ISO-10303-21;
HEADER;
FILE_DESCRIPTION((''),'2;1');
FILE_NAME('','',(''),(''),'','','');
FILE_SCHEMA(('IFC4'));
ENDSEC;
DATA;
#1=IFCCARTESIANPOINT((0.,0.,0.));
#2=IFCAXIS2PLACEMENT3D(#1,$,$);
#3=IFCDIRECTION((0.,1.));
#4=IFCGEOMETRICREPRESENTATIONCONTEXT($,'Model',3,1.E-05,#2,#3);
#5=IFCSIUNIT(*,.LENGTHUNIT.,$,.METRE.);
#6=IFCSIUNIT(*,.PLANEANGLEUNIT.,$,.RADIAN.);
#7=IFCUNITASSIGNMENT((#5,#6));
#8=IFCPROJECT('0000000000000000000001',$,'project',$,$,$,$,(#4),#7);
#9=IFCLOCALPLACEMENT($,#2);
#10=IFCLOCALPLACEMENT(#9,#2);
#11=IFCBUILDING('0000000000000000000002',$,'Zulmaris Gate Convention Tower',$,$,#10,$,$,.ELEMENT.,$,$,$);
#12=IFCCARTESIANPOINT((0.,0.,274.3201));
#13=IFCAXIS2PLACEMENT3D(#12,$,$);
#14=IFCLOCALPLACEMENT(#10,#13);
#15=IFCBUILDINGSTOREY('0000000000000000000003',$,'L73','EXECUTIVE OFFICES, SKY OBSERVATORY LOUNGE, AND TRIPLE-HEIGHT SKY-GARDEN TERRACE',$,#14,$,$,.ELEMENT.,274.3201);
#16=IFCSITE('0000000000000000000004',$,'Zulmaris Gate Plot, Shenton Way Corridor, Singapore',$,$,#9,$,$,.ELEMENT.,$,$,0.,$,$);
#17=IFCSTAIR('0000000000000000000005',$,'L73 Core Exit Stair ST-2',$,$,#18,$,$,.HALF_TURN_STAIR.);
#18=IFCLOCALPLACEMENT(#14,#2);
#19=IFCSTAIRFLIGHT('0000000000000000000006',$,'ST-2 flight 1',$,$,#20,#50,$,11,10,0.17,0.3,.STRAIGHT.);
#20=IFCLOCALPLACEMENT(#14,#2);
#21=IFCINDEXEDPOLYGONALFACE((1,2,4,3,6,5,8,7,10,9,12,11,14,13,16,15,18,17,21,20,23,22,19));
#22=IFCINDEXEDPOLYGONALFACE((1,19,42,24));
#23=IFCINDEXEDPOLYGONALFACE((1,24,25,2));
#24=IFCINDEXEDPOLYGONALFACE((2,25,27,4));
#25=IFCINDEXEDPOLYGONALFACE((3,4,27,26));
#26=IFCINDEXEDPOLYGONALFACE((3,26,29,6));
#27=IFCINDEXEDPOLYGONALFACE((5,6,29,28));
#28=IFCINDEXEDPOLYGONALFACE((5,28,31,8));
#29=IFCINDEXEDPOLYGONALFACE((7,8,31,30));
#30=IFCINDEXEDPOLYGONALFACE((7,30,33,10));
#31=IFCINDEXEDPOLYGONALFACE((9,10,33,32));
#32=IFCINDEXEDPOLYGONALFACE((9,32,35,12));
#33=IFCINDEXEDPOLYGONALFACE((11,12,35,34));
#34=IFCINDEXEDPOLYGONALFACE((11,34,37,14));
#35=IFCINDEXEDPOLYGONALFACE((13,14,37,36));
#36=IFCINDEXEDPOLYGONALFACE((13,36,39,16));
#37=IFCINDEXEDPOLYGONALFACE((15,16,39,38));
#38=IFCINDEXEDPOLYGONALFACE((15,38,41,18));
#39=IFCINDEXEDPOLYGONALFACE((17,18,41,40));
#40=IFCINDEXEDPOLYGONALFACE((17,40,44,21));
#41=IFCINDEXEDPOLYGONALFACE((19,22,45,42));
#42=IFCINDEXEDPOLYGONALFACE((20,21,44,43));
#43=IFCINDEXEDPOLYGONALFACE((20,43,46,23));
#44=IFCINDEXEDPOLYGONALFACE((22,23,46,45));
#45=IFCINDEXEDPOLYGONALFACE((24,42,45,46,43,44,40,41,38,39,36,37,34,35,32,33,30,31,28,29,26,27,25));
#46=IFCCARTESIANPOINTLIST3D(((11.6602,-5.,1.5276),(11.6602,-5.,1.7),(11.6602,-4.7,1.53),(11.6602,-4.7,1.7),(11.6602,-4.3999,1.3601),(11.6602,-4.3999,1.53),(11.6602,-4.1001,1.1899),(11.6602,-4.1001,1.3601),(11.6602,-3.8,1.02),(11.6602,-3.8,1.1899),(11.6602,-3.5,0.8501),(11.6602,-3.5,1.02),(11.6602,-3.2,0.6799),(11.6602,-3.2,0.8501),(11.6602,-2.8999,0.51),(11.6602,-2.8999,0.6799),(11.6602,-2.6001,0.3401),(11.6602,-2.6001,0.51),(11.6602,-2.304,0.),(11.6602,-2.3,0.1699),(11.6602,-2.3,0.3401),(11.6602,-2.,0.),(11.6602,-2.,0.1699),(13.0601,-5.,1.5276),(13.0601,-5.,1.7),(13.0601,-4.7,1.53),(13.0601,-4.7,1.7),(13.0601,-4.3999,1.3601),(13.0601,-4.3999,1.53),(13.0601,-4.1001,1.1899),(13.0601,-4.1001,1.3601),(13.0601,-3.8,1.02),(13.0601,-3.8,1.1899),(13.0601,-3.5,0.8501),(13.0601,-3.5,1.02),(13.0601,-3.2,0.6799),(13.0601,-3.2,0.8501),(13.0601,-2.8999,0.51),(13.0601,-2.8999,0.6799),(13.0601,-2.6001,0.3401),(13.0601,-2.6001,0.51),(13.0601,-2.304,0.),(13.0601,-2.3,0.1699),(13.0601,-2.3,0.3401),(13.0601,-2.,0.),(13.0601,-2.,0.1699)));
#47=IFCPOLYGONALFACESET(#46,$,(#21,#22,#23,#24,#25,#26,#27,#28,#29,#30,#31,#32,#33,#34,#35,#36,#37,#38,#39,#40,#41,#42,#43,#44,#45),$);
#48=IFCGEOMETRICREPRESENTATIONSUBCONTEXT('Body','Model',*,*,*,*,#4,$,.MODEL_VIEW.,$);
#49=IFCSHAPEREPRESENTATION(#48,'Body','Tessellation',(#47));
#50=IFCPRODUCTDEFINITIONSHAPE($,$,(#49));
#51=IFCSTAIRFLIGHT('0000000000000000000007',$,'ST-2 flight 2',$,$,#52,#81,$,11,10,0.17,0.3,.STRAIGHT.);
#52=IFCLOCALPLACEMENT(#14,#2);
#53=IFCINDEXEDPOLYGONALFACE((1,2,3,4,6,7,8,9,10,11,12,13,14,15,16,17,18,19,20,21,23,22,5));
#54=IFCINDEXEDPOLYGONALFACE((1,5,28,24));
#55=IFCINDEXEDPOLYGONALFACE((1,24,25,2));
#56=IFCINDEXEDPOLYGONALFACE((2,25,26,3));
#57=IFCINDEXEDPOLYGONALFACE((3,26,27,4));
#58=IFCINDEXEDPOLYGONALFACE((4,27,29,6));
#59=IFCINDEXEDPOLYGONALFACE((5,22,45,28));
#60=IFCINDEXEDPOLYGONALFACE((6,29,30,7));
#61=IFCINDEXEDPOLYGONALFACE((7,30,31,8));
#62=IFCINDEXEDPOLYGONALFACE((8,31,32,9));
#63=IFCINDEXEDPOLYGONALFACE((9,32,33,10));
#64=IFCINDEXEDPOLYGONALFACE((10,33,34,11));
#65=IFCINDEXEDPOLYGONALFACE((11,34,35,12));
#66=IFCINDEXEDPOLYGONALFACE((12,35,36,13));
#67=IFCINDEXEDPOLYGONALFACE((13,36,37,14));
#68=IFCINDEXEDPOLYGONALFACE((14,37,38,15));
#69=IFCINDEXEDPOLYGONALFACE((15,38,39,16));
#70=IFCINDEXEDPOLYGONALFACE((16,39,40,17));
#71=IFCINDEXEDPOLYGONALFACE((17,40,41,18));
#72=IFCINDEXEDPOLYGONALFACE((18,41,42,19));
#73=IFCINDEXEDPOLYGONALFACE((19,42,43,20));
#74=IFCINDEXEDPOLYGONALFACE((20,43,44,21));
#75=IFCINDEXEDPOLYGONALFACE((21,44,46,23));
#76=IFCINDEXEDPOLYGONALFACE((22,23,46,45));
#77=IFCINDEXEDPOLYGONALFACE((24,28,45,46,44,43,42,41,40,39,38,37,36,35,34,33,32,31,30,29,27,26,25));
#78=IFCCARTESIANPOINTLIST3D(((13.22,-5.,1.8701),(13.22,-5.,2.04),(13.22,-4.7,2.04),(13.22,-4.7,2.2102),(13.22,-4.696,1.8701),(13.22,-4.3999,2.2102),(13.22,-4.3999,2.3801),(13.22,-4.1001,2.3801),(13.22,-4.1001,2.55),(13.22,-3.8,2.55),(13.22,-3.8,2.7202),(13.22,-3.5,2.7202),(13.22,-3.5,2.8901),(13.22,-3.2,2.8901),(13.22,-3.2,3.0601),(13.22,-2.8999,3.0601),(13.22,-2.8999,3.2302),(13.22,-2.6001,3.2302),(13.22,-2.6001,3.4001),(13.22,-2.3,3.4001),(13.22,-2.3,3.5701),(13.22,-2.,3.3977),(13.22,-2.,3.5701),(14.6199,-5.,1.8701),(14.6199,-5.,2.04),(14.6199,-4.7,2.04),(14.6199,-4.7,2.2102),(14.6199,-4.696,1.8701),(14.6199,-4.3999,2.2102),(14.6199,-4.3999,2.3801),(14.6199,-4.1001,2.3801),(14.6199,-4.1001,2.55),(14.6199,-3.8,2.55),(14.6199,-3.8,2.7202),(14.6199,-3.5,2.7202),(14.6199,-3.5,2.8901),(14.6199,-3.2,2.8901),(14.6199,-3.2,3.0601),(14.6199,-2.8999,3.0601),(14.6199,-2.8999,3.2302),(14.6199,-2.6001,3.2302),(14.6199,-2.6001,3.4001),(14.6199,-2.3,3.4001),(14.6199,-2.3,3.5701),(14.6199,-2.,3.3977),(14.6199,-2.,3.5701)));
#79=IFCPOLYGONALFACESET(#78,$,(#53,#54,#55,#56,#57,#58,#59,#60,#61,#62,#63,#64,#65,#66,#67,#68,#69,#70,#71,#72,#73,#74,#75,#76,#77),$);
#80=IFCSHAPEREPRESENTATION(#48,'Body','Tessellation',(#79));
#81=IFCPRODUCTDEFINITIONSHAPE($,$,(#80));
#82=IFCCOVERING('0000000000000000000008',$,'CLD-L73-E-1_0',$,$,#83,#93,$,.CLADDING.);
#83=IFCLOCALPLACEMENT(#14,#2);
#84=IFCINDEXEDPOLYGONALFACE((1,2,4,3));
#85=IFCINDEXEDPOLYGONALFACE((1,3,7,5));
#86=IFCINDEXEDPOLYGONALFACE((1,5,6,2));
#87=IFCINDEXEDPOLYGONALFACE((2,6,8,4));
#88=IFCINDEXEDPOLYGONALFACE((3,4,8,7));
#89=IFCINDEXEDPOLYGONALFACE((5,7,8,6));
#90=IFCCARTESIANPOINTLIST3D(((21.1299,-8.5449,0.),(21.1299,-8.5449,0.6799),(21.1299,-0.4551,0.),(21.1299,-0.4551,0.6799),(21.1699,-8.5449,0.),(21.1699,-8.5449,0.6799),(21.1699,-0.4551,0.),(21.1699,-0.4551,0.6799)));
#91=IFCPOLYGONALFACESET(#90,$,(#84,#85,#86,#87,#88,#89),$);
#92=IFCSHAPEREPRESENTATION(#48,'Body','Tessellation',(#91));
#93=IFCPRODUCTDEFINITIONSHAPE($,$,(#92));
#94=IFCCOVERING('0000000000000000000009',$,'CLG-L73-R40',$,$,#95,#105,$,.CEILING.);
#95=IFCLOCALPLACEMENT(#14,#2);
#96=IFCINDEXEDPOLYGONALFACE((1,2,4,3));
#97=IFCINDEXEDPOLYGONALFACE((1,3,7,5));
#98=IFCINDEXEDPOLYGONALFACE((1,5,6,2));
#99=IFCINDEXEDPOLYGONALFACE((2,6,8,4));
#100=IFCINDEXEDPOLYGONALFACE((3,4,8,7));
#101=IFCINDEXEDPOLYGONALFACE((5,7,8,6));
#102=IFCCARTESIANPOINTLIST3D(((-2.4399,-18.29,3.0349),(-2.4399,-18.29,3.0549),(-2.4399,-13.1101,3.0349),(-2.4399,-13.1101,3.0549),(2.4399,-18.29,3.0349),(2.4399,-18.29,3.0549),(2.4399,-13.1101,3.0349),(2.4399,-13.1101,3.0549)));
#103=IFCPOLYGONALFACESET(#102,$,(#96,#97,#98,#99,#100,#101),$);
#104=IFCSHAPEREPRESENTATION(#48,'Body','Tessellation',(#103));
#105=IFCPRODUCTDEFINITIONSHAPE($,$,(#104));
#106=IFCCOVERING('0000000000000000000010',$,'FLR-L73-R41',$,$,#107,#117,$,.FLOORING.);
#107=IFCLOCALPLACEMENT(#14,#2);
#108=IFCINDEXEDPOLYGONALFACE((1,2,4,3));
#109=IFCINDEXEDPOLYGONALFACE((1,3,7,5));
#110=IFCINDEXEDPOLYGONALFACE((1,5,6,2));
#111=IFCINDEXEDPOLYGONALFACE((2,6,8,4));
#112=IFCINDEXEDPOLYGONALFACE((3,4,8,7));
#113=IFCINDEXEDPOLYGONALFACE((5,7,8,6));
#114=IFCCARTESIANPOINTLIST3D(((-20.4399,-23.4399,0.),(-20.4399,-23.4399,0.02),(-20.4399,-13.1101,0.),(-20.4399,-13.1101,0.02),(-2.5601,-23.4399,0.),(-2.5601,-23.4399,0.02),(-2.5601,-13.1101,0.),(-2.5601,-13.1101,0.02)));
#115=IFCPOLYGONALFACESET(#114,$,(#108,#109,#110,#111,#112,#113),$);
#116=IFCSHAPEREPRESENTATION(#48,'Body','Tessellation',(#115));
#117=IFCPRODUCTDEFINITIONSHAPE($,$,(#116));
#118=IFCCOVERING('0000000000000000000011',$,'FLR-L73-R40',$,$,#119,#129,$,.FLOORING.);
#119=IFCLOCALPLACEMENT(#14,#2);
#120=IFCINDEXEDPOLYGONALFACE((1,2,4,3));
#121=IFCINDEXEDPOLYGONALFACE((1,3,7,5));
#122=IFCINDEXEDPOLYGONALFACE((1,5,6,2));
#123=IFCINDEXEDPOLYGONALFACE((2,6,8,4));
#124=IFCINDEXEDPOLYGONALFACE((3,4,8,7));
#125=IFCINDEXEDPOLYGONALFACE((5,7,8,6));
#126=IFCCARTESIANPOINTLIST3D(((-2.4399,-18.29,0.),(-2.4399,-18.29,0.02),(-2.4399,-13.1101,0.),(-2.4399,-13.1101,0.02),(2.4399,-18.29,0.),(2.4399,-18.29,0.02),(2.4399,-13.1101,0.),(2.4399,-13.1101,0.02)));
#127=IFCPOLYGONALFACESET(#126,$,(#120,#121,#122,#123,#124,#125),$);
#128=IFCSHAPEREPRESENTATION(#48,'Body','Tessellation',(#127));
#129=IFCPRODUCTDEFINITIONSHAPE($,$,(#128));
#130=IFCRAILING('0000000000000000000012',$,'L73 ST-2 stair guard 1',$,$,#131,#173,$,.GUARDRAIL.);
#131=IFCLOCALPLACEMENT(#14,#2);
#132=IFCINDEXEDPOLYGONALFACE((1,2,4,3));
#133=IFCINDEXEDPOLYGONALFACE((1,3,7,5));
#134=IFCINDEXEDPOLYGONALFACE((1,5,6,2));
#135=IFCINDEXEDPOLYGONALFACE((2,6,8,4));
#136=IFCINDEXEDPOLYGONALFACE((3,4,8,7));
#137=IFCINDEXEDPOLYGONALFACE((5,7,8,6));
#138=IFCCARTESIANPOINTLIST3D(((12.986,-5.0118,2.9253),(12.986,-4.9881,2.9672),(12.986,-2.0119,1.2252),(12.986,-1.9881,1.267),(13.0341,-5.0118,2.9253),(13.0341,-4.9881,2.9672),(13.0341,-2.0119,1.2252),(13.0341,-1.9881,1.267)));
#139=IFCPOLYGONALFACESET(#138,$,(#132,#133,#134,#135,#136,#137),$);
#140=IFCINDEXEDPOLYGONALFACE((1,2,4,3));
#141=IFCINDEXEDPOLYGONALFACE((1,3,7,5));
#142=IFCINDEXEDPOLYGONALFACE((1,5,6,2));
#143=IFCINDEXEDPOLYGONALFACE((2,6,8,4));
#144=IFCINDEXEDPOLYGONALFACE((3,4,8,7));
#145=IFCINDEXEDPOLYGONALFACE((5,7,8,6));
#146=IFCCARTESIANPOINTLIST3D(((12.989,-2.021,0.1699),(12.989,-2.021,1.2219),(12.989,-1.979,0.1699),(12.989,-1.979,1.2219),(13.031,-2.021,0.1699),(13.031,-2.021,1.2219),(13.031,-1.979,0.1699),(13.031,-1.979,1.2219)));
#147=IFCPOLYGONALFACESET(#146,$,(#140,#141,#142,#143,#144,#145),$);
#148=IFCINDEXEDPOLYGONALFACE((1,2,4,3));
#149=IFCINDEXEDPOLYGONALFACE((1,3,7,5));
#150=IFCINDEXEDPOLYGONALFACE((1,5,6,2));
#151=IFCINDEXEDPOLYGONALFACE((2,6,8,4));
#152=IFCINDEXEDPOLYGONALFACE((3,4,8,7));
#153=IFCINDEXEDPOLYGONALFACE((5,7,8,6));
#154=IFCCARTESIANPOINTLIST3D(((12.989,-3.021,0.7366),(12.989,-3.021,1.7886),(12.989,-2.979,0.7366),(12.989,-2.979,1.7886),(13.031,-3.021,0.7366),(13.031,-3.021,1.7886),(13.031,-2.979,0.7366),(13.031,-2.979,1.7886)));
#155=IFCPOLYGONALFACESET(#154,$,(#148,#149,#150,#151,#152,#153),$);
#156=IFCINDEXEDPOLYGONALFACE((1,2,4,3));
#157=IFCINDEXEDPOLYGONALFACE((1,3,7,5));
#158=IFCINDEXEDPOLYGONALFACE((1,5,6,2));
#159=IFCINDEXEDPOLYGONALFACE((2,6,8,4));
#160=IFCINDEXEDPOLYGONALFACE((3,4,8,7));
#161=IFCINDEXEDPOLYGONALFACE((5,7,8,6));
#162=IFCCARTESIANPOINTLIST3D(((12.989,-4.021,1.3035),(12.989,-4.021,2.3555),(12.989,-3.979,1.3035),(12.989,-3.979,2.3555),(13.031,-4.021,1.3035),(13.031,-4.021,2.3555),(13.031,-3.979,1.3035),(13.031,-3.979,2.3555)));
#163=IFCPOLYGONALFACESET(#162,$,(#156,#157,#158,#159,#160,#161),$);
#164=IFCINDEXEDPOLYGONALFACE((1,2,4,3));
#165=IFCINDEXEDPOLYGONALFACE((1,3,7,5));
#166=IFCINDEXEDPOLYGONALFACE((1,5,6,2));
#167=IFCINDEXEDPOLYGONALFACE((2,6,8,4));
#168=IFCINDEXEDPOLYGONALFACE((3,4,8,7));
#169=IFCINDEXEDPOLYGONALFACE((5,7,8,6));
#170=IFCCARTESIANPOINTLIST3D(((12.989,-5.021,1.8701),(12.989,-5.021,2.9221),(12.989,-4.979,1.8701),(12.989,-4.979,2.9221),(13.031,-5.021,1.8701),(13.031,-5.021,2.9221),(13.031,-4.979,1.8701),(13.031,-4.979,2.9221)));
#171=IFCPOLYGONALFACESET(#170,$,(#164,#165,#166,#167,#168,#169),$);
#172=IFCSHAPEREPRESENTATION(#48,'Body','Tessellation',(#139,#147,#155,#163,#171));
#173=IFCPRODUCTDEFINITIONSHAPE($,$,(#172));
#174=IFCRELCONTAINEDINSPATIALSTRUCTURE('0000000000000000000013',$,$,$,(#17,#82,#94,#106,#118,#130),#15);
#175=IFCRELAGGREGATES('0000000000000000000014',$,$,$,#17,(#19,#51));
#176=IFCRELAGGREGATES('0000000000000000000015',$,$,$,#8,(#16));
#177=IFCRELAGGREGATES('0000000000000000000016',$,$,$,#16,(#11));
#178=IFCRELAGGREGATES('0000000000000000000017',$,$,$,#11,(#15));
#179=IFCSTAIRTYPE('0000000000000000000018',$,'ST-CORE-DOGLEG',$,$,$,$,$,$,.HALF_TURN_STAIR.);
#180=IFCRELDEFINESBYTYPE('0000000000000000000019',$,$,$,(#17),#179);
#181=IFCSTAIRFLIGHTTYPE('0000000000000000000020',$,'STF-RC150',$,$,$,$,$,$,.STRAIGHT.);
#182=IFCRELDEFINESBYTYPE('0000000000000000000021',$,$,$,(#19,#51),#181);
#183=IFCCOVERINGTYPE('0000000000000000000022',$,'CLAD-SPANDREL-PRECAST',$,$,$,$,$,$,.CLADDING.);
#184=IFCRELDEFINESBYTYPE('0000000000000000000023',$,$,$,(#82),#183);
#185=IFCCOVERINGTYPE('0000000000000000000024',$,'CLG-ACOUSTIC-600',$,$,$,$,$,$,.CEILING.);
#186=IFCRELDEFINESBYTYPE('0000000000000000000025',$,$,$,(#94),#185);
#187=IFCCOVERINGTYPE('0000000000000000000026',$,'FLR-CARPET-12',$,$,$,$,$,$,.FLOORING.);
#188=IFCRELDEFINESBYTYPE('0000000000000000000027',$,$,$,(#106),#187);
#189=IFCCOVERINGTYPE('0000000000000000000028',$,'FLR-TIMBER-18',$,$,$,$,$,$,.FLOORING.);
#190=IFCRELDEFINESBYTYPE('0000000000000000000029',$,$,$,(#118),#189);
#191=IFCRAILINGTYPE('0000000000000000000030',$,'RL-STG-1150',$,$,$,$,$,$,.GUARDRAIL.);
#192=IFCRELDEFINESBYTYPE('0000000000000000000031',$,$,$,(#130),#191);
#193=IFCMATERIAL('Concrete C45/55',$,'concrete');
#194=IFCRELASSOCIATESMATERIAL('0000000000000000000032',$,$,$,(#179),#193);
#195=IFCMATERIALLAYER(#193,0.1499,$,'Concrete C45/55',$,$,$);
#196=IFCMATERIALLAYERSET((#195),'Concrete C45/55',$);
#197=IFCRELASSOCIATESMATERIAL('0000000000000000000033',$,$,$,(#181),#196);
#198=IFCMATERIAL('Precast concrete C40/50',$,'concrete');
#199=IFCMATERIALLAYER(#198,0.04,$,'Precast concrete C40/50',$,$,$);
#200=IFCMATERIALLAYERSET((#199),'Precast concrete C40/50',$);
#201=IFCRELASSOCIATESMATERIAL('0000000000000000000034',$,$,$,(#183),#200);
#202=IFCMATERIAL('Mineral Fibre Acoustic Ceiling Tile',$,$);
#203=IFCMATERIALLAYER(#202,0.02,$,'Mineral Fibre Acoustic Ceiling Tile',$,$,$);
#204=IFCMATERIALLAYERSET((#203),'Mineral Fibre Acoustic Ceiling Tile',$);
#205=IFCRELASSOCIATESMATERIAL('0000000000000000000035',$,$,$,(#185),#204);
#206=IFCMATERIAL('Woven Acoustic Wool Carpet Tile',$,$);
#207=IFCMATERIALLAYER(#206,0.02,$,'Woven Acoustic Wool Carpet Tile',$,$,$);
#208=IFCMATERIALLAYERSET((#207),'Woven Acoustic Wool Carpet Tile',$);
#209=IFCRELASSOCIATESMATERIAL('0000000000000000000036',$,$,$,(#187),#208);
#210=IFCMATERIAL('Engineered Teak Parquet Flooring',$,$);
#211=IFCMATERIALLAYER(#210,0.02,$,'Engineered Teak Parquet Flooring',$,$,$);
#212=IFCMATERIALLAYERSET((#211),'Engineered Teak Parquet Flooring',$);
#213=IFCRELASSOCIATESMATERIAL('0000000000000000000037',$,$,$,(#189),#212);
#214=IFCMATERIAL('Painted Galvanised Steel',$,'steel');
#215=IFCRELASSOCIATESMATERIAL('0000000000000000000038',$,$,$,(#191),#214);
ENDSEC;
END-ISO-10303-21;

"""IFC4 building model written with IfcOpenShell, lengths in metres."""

from ifc_helpers import new_model, si_unit, direction, frame, frame_2d, origin, origin_2d, place, context, subcontext, project, spatial, polyline, rectangle, outline, extrude, material, layer, layer_set, type_object, element, aggregate, save


model = new_model("IFC4")

# Units and contexts
model_context = context("Model", 3, precision=1e-05, world=origin(), true_north=direction((0.0, 1.0)))
body_context = subcontext(model_context, "Body", "Model", "MODEL_VIEW")
ifc_project = project(units=[si_unit("LENGTHUNIT", "METRE"), si_unit("PLANEANGLEUNIT", "RADIAN")], contexts=[model_context])

# Site, building, storey
site_placement = place(None, origin())
site = spatial("IfcSite", under=ifc_project, at=site_placement, Name="Zulmaris Gate Plot, Shenton Way Corridor, Singapore", CompositionType="ELEMENT", RefElevation=0.0)
building_placement = place(site_placement, origin())
building = spatial("IfcBuilding", under=site, at=building_placement, Name="Zulmaris Gate Convention Tower", CompositionType="ELEMENT")
storey_placement = place(building_placement, frame((0.0, 0.0, 274.3201)))
storey = spatial("IfcBuildingStorey", under=building, at=storey_placement, Name="L73", Description="EXECUTIVE OFFICES, SKY OBSERVATORY LOUNGE, AND TRIPLE-HEIGHT SKY-GARDEN TERRACE", CompositionType="ELEMENT", Elevation=274.3201)

# Shared definitions
ifc_material_1 = material(Name="Precast concrete C40/50", Category="concrete")

# Stair, stair flights
ifc_material_2 = material(Name="Concrete C45/55", Category="concrete")
stair_type = type_object("IfcStairType", Name="ST-CORE-DOGLEG", PredefinedType="HALF_TURN_STAIR", material=ifc_material_2)
stair_placement = place(storey_placement, origin())
stair = element("IfcStair", 1, at=stair_placement, inside=storey, type_object=stair_type, Name="L73 Core Exit Stair ST-2", PredefinedType="HALF_TURN_STAIR")
ifc_layer_1 = layer(ifc_material_2, 0.1499, Name="Concrete C45/55")
ifc_layer_set_1 = layer_set([ifc_layer_1], Name="Concrete C45/55")
stair_flight_type = type_object("IfcStairFlightType", Name="STF-RC150", PredefinedType="STRAIGHT", material=ifc_layer_set_1)
stair_flight_1_placement = place(storey_placement, frame((12.3601, -2.0, 0.0), z_axis=(0.0, 0.0, 1.0), x_axis=(0.0, -1.0, 0.0)))
stair_flight_1 = element("IfcStairFlight", 2, at=stair_flight_1_placement, type_object=stair_flight_type, Name="ST-2 flight 1", NumberOfRisers=11, NumberOfTreads=10, PredefinedType="STRAIGHT", RiserHeight=0.17, TreadLength=0.3, context=body_context, shape_type="SweptSolid", body=[
    extrude(outline(polyline([(0.0, 0.0), (0.0, 0.1699), (0.3, 0.1699), (0.3, 0.3401), (0.6001, 0.3401), (0.6001, 0.51), (0.8999, 0.51), (0.8999, 0.6799), (1.2, 0.6799), (1.2, 0.8501), (1.5, 0.8501), (1.5, 1.02), (1.8, 1.02), (1.8, 1.1899), (2.1001, 1.1899), (2.1001, 1.3601), (2.3999, 1.3601), (2.3999, 1.53), (2.7, 1.53), (2.7, 1.7), (3.0, 1.7), (3.0, 1.8701), (3.0, 1.5276), (0.304, 0.0), (0.0, 0.0)])), frame((0.0, 0.7, 0.0), z_axis=(0.0, -1.0, 0.0), x_axis=(1.0, 0.0, 0.0)), (0.0, 0.0, 1.0), 1.3999),
])
stair_flight_2_placement = place(storey_placement, frame((13.9199, -5.0, 1.8701), z_axis=(0.0, 0.0, 1.0), x_axis=(0.0, 1.0, 0.0)))
stair_flight_2 = element("IfcStairFlight", 3, at=stair_flight_2_placement, type_object=stair_flight_type, Name="ST-2 flight 2", NumberOfRisers=11, NumberOfTreads=10, PredefinedType="STRAIGHT", RiserHeight=0.17, TreadLength=0.3, context=body_context, shape_type="SweptSolid", body=[
    extrude(outline(polyline([(0.0, 0.0), (0.0, 0.1699), (0.3, 0.1699), (0.3, 0.3401), (0.6001, 0.3401), (0.6001, 0.51), (0.8999, 0.51), (0.8999, 0.6799), (1.2, 0.6799), (1.2, 0.8501), (1.5, 0.8501), (1.5, 1.02), (1.8, 1.02), (1.8, 1.1899), (2.1001, 1.1899), (2.1001, 1.3601), (2.3999, 1.3601), (2.3999, 1.53), (2.7, 1.53), (2.7, 1.7), (3.0, 1.7), (3.0, 1.8701), (3.0, 1.5276), (0.304, 0.0), (0.0, 0.0)])), frame((0.0, 0.7, 0.0), z_axis=(0.0, -1.0, 0.0), x_axis=(1.0, 0.0, 0.0)), (0.0, 0.0, 1.0), 1.3999),
])
aggregate(stair, [stair_flight_1, stair_flight_2])

# Coverings
ifc_layer_2 = layer(ifc_material_1, 0.04, Name="Precast concrete C40/50")
ifc_layer_set_2 = layer_set([ifc_layer_2], Name="Precast concrete C40/50")
covering_type_1 = type_object("IfcCoveringType", Name="CLAD-SPANDREL-PRECAST", PredefinedType="CLADDING", material=ifc_layer_set_2)
covering_1_placement = place(storey_placement, frame((21.1499, -8.5449, 0.0), z_axis=(0.0, 0.0, 1.0), x_axis=(0.0, 1.0, 0.0)))
element("IfcCovering", 4, at=covering_1_placement, inside=storey, type_object=covering_type_1, Name="CLD-L73-E-1_0", PredefinedType="CLADDING", context=body_context, shape_type="SweptSolid", body=[
    extrude(rectangle(XDim=8.0898, YDim=0.04, at=frame_2d((4.0449, 0.0))), origin(), (0.0, 0.0, 1.0), 0.6799),
])
ifc_material_3 = material(Name="Mineral Fibre Acoustic Ceiling Tile")
ifc_layer_3 = layer(ifc_material_3, 0.02, Name="Mineral Fibre Acoustic Ceiling Tile")
ifc_layer_set_3 = layer_set([ifc_layer_3], Name="Mineral Fibre Acoustic Ceiling Tile")
covering_type_2 = type_object("IfcCoveringType", Name="CLG-ACOUSTIC-600", PredefinedType="CEILING", material=ifc_layer_set_3)
covering_2_placement = place(storey_placement, frame((0.0, 0.0, 3.0349)))
element("IfcCovering", 5, at=covering_2_placement, inside=storey, type_object=covering_type_2, Name="CLG-L73-R40", PredefinedType="CEILING", context=body_context, shape_type="SweptSolid", body=[
    extrude(outline(polyline([(-2.4399, -18.29), (2.4399, -18.29), (2.4399, -13.1101), (-2.4399, -13.1101), (-2.4399, -18.29)])), origin(), (0.0, 0.0, 1.0), 0.02),
])
ifc_material_4 = material(Name="Woven Acoustic Wool Carpet Tile")
ifc_layer_4 = layer(ifc_material_4, 0.02, Name="Woven Acoustic Wool Carpet Tile")
ifc_layer_set_4 = layer_set([ifc_layer_4], Name="Woven Acoustic Wool Carpet Tile")
covering_type_3 = type_object("IfcCoveringType", Name="FLR-CARPET-12", PredefinedType="FLOORING", material=ifc_layer_set_4)
covering_3_placement = place(storey_placement, origin())
element("IfcCovering", 6, at=covering_3_placement, inside=storey, type_object=covering_type_3, Name="FLR-L73-R41", PredefinedType="FLOORING", context=body_context, shape_type="SweptSolid", body=[
    extrude(outline(polyline([(-20.4399, -23.4399), (-2.5601, -23.4399), (-2.5601, -13.1101), (-20.4399, -13.1101), (-20.4399, -23.4399)])), origin(), (0.0, 0.0, 1.0), 0.02),
])
ifc_material_5 = material(Name="Engineered Teak Parquet Flooring")
ifc_layer_5 = layer(ifc_material_5, 0.02, Name="Engineered Teak Parquet Flooring")
ifc_layer_set_5 = layer_set([ifc_layer_5], Name="Engineered Teak Parquet Flooring")
covering_type_4 = type_object("IfcCoveringType", Name="FLR-TIMBER-18", PredefinedType="FLOORING", material=ifc_layer_set_5)
covering_4_placement = place(storey_placement, origin())
element("IfcCovering", 7, at=covering_4_placement, inside=storey, type_object=covering_type_4, Name="FLR-L73-R40", PredefinedType="FLOORING", context=body_context, shape_type="SweptSolid", body=[
    extrude(outline(polyline([(-2.4399, -18.29), (2.4399, -18.29), (2.4399, -13.1101), (-2.4399, -13.1101), (-2.4399, -18.29)])), origin(), (0.0, 0.0, 1.0), 0.02),
])

# Railing
ifc_material_6 = material(Name="Painted Galvanised Steel", Category="steel")
railing_type_1 = type_object("IfcRailingType", Name="RL-STG-1150", PredefinedType="GUARDRAIL", material=ifc_material_6)
railing_1_placement = place(storey_placement, frame((13.01, -2.0, 0.1699)))
element("IfcRailing", 8, at=railing_1_placement, inside=storey, type_object=railing_type_1, Name="L73 ST-2 stair guard 1", PredefinedType="GUARDRAIL", context=body_context, shape_type="SweptSolid", body=[
    extrude(rectangle(XDim=0.0481, YDim=0.0481, at=origin_2d()), frame((0.0, 0.0, 1.0762), z_axis=(0.0, -0.869998, 0.493055), x_axis=(1.0, 0.0, 0.0)), (0.0, 0.0, 1.0), 3.4482),
    extrude(rectangle(XDim=0.042, YDim=0.042, at=origin_2d()), origin(), (0.0, 0.0, 1.0), 1.052),
    extrude(rectangle(XDim=0.042, YDim=0.042, at=origin_2d()), frame((0.0, -1.0, 0.5667)), (0.0, 0.0, 1.0), 1.052),
    extrude(rectangle(XDim=0.042, YDim=0.042, at=origin_2d()), frame((0.0, -2.0, 1.1335)), (0.0, 0.0, 1.0), 1.052),
    extrude(rectangle(XDim=0.042, YDim=0.042, at=origin_2d()), frame((0.0, -3.0, 1.7002)), (0.0, 0.0, 1.0), 1.052),
])

save(model, "model.ifc")
